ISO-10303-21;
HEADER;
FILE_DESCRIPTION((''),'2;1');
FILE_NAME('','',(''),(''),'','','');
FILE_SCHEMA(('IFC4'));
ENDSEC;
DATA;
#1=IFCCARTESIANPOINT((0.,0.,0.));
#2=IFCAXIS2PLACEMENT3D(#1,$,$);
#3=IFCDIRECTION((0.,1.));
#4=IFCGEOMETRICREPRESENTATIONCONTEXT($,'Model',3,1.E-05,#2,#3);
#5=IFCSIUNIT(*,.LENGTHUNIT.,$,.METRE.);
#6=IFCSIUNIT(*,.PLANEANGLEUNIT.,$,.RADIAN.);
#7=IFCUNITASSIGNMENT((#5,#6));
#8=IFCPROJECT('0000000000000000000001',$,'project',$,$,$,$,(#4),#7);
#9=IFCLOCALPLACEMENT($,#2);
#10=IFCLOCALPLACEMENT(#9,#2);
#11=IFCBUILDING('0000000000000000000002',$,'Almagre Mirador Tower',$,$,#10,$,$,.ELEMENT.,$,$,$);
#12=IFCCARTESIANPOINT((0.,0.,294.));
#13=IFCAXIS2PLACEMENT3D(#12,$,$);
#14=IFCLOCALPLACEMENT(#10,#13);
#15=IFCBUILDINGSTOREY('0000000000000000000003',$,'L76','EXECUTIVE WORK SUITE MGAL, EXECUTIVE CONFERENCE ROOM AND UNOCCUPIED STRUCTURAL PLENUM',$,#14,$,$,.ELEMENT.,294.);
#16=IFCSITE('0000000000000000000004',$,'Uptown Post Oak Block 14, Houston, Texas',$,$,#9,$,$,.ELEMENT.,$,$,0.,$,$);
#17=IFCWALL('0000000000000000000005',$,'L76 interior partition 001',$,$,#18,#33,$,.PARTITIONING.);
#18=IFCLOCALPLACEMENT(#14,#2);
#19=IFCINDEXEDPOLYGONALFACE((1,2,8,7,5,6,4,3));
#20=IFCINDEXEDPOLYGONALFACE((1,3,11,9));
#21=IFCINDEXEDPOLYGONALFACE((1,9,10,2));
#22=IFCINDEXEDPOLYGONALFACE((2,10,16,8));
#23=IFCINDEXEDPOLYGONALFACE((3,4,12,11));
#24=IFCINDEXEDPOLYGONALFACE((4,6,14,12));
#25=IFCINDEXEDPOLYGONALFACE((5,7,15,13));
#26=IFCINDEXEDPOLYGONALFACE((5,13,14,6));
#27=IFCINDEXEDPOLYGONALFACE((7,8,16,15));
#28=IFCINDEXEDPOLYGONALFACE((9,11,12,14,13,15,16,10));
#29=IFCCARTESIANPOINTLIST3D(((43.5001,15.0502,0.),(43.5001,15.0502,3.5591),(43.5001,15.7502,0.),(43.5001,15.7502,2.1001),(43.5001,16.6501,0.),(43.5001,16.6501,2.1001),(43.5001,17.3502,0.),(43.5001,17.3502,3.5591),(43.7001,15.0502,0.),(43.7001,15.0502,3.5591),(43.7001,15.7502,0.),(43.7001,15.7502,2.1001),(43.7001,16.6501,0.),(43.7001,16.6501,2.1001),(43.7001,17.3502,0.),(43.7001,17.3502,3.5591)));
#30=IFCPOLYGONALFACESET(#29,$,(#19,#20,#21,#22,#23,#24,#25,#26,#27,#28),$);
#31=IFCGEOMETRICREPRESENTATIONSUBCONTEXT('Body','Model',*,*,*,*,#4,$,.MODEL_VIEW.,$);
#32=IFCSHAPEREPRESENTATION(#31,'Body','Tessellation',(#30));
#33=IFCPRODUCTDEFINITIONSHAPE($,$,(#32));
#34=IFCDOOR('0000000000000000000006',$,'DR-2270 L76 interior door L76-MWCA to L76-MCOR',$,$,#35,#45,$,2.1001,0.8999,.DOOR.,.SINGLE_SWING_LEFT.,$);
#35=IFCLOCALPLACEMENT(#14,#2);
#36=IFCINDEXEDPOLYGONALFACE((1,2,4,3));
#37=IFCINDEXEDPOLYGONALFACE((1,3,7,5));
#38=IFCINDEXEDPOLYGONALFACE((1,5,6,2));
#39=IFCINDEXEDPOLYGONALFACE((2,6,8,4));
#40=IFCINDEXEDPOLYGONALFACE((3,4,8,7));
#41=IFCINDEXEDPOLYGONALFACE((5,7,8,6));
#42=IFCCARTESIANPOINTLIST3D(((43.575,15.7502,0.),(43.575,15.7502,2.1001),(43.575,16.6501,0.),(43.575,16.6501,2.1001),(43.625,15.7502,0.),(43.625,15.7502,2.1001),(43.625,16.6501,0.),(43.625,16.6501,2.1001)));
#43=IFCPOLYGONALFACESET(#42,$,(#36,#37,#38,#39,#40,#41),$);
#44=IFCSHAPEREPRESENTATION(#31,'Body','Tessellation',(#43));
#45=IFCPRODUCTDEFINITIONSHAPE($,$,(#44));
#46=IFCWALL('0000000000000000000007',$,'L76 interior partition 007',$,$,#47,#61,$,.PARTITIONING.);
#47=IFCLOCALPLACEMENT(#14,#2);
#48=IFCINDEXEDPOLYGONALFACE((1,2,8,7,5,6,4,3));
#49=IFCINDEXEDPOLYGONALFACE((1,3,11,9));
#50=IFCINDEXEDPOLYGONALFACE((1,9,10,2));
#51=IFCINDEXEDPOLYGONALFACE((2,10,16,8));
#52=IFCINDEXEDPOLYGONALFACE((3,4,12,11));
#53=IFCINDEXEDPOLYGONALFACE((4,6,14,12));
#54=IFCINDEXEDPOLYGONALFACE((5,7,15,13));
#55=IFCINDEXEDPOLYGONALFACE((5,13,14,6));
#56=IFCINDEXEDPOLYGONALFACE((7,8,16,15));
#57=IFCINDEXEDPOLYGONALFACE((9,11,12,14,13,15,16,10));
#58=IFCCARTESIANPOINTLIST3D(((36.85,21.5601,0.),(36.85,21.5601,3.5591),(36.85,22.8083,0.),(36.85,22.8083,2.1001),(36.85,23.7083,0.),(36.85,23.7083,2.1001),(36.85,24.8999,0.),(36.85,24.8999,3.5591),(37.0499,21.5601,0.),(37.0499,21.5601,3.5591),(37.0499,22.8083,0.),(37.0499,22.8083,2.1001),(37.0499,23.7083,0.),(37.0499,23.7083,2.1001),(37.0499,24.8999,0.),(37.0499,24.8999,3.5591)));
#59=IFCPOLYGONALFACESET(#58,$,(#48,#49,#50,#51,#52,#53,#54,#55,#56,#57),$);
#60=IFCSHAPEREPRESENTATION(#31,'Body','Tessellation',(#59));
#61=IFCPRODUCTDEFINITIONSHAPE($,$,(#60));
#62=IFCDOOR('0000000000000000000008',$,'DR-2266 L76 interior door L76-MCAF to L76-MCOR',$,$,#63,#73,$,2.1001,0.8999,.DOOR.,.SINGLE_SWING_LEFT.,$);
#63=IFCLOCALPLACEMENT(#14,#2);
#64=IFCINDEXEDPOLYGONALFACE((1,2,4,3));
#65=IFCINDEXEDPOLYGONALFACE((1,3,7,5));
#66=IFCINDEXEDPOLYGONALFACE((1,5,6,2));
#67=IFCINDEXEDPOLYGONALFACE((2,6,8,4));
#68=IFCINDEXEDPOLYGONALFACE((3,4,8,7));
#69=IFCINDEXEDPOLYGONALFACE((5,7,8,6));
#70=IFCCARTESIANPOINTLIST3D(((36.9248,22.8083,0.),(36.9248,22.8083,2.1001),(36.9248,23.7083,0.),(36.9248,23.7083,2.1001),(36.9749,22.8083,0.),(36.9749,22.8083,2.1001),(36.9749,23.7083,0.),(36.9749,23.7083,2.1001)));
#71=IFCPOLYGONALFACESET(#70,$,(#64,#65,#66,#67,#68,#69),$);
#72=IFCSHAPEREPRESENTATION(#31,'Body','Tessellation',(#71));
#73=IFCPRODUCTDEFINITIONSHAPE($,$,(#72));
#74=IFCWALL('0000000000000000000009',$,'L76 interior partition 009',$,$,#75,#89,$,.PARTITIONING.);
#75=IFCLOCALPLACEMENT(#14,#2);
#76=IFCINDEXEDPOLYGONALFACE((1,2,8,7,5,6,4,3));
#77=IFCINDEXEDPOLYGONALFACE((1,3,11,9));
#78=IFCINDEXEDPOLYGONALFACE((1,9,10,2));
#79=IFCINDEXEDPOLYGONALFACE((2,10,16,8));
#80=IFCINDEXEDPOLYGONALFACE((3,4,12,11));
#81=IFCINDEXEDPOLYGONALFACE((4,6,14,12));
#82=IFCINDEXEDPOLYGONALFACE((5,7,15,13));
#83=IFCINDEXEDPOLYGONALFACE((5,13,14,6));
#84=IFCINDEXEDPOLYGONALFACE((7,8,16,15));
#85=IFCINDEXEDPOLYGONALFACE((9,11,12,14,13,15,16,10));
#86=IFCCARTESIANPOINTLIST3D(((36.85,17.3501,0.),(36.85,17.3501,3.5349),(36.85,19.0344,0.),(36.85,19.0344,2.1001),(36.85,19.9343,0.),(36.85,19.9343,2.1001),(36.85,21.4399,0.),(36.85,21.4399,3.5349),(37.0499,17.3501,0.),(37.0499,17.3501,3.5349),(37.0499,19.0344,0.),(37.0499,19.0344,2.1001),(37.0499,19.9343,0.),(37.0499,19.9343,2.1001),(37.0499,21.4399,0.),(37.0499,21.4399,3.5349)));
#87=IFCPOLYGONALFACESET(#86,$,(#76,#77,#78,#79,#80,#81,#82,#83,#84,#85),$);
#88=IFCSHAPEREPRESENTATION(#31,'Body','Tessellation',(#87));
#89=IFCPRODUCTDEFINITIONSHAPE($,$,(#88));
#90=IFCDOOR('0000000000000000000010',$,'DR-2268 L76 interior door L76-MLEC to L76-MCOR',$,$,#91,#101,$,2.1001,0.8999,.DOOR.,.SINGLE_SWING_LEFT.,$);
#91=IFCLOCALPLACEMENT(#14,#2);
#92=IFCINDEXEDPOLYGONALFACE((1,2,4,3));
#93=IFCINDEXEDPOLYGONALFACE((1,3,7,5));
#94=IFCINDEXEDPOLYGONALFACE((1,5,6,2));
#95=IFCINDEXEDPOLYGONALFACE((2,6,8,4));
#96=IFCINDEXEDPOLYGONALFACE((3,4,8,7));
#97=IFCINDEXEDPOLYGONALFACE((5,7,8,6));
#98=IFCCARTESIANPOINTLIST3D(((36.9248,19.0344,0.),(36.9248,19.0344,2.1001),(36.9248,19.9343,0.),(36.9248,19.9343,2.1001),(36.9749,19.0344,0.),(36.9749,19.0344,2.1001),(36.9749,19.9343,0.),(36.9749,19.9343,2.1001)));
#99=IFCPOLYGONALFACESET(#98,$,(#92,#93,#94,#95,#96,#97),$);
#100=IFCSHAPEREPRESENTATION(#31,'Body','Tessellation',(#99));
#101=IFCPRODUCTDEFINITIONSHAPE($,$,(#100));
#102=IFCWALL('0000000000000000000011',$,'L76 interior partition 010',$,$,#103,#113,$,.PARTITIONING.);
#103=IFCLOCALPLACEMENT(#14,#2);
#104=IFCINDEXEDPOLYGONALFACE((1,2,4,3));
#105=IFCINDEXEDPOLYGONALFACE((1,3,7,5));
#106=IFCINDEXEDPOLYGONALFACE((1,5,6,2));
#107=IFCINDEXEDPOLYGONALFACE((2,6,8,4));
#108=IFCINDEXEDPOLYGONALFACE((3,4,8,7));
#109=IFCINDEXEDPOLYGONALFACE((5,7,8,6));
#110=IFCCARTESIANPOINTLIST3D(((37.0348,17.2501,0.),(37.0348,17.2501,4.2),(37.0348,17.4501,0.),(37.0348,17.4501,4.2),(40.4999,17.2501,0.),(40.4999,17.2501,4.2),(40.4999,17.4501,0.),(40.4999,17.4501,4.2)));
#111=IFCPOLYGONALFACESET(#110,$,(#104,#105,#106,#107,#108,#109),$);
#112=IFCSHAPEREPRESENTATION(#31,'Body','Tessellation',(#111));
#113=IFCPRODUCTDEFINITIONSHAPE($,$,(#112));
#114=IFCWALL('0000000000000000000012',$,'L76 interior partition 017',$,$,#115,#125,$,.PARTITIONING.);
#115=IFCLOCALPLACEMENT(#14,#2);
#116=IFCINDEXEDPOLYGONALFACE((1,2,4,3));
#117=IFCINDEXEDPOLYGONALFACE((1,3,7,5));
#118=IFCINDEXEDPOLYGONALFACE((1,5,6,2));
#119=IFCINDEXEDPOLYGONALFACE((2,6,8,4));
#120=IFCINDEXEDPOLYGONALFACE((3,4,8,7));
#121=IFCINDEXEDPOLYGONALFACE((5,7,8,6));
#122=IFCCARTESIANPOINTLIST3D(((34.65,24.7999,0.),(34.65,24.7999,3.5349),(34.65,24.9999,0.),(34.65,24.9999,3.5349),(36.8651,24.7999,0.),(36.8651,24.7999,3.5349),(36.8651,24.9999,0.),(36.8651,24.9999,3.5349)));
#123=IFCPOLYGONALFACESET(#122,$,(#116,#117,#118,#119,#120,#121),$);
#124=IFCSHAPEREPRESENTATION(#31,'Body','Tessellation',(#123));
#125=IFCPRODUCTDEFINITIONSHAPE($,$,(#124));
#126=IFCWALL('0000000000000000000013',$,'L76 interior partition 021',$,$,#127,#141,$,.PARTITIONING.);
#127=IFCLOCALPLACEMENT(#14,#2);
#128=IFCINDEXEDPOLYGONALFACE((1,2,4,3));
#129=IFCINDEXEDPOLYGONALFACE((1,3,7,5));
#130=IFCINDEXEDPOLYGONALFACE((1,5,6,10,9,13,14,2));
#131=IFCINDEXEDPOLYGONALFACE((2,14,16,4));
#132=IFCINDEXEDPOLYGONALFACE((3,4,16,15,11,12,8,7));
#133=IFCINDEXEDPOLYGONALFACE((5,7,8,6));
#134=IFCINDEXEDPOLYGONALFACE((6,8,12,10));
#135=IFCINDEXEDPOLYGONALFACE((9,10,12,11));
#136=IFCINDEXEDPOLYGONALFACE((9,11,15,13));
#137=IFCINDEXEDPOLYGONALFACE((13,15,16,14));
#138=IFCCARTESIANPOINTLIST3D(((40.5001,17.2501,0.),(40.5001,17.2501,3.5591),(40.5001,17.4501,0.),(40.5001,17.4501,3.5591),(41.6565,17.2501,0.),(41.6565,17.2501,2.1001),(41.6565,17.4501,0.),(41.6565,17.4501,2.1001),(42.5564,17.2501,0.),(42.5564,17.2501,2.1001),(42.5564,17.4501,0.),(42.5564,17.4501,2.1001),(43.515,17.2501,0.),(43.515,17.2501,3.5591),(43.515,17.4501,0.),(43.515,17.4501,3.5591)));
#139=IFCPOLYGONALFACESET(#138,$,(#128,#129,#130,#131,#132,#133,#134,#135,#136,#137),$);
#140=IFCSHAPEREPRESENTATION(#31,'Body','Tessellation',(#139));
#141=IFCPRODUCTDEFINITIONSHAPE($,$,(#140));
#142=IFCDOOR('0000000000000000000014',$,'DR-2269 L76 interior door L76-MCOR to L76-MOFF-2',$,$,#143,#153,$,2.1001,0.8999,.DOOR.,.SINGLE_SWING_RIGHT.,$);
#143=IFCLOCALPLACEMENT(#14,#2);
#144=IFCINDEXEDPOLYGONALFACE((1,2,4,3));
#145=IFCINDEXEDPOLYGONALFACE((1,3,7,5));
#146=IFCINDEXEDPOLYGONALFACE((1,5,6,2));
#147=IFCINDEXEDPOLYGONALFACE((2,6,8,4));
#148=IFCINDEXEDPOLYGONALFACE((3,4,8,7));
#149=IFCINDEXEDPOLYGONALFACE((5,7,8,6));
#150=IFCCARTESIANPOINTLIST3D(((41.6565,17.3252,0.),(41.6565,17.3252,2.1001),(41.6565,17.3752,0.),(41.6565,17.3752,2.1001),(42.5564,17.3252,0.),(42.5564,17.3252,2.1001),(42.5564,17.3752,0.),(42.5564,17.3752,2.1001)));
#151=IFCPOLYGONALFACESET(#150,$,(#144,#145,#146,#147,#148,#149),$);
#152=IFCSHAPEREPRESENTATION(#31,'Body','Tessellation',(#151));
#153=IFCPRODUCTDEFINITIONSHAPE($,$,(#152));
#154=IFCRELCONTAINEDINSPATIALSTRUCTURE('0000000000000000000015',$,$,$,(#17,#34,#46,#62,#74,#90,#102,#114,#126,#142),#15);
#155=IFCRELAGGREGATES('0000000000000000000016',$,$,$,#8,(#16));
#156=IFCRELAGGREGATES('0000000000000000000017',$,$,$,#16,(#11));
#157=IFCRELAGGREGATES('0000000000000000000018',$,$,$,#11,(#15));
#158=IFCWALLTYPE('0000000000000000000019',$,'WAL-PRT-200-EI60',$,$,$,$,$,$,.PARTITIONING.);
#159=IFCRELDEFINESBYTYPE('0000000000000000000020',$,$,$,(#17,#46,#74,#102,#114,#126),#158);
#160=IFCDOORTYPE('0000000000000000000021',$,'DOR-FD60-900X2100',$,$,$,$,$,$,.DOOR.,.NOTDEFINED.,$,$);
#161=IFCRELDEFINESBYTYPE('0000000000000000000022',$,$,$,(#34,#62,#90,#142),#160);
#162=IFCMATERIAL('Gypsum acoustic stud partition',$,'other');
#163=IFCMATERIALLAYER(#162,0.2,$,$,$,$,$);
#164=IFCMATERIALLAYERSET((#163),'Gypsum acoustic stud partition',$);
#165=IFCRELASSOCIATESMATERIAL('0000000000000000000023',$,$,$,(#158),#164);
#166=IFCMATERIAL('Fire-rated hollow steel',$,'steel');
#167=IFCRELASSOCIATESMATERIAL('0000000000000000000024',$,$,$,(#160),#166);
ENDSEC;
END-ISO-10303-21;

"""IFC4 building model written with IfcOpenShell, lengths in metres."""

from ifc_helpers import new_model, si_unit, direction, frame, frame_2d, origin, place, context, subcontext, project, spatial, rectangle, extrude, material, layer, layer_set, type_object, element, fill, save


model = new_model("IFC4")

# Units and contexts
model_context = context("Model", 3, precision=1e-05, world=origin(), true_north=direction((0.0, 1.0)))
body_context = subcontext(model_context, "Body", "Model", "MODEL_VIEW")
ifc_project = project(units=[si_unit("LENGTHUNIT", "METRE"), si_unit("PLANEANGLEUNIT", "RADIAN")], contexts=[model_context])

# Site, building, storey
site_placement = place(None, origin())
site = spatial("IfcSite", under=ifc_project, at=site_placement, Name="Uptown Post Oak Block 14, Houston, Texas", CompositionType="ELEMENT", RefElevation=0.0)
building_placement = place(site_placement, origin())
building = spatial("IfcBuilding", under=site, at=building_placement, Name="Almagre Mirador Tower", CompositionType="ELEMENT")
storey_placement = place(building_placement, frame((0.0, 0.0, 294.0)))
storey = spatial("IfcBuildingStorey", under=building, at=storey_placement, Name="L76", Description="EXECUTIVE WORK SUITE MGAL, EXECUTIVE CONFERENCE ROOM AND UNOCCUPIED STRUCTURAL PLENUM", CompositionType="ELEMENT", Elevation=294.0)

# Walls, openings, doors
ifc_material_1 = material(Name="Gypsum acoustic stud partition", Category="other")
ifc_layer_1 = layer(ifc_material_1, 0.2)
ifc_layer_set_1 = layer_set([ifc_layer_1], Name="Gypsum acoustic stud partition")
wall_type_1 = type_object("IfcWallType", Name="WAL-PRT-200-EI60", PredefinedType="PARTITIONING", material=ifc_layer_set_1)
wall_1_placement = place(storey_placement, frame((43.6001, 17.3501, 0.0), z_axis=(0.0, 0.0, 1.0), x_axis=(0.0, -1.0, 0.0)))
wall_1 = element("IfcWall", 1, at=wall_1_placement, inside=storey, type_object=wall_type_1, Name="L76 interior partition 001", PredefinedType="PARTITIONING", context=body_context, shape_type="SweptSolid", body=[
    extrude(rectangle(XDim=2.3, YDim=0.2, at=frame_2d((1.1499, 0.0))), origin(), (0.0, 0.0, 1.0), 3.5591),
])
opening_1_placement = place(wall_1_placement, frame((0.7, 0.0, 0.0)))
opening_1 = element("IfcOpeningElement", 2, at=opening_1_placement, cuts=wall_1, PredefinedType="OPENING", context=body_context, shape_type="SweptSolid", body=[
    extrude(rectangle(XDim=0.8999, YDim=2.1001, at=frame_2d((0.45, 1.05))), frame((0.0, 0.1101, 0.0), z_axis=(0.0, -1.0, 0.0), x_axis=(1.0, 0.0, 0.0)), (0.0, 0.0, 1.0), 0.22),
])
ifc_material_2 = material(Name="Fire-rated hollow steel", Category="steel")
door_type_1 = type_object("IfcDoorType", Name="DOR-FD60-900X2100", OperationType="NOTDEFINED", PredefinedType="DOOR", material=ifc_material_2)
door_1_placement = place(opening_1_placement, origin())
door_1 = element("IfcDoor", 3, at=door_1_placement, inside=storey, type_object=door_type_1, Name="DR-2270 L76 interior door L76-MWCA to L76-MCOR", OperationType="SINGLE_SWING_LEFT", OverallHeight=2.1001, OverallWidth=0.8999, PredefinedType="DOOR", context=body_context, shape_type="SweptSolid", body=[
    extrude(rectangle(XDim=0.8999, YDim=2.1001, at=frame_2d((0.45, 1.05))), frame((0.0, 0.0249, 0.0), z_axis=(0.0, -1.0, 0.0), x_axis=(1.0, 0.0, 0.0)), (0.0, 0.0, 1.0), 0.05),
])
fill(opening_1, door_1)
wall_2_placement = place(storey_placement, frame((36.95, 24.8999, 0.0), z_axis=(0.0, 0.0, 1.0), x_axis=(0.0, -1.0, 0.0)))
wall_2 = element("IfcWall", 4, at=wall_2_placement, inside=storey, type_object=wall_type_1, Name="L76 interior partition 007", PredefinedType="PARTITIONING", context=body_context, shape_type="SweptSolid", body=[
    extrude(rectangle(XDim=3.3398, YDim=0.2, at=frame_2d((1.6699, 0.0))), origin(), (0.0, 0.0, 1.0), 3.5591),
])
opening_2_placement = place(wall_2_placement, frame((1.1917, 0.0, 0.0)))
opening_2 = element("IfcOpeningElement", 5, at=opening_2_placement, cuts=wall_2, PredefinedType="OPENING", context=body_context, shape_type="SweptSolid", body=[
    extrude(rectangle(XDim=0.8999, YDim=2.1001, at=frame_2d((0.45, 1.05))), frame((0.0, 0.1101, 0.0), z_axis=(0.0, -1.0, 0.0), x_axis=(1.0, 0.0, 0.0)), (0.0, 0.0, 1.0), 0.22),
])
door_2_placement = place(opening_2_placement, origin())
door_2 = element("IfcDoor", 6, at=door_2_placement, inside=storey, type_object=door_type_1, Name="DR-2266 L76 interior door L76-MCAF to L76-MCOR", OperationType="SINGLE_SWING_LEFT", OverallHeight=2.1001, OverallWidth=0.8999, PredefinedType="DOOR", context=body_context, shape_type="SweptSolid", body=[
    extrude(rectangle(XDim=0.8999, YDim=2.1001, at=frame_2d((0.45, 1.05))), frame((0.0, 0.0249, 0.0), z_axis=(0.0, -1.0, 0.0), x_axis=(1.0, 0.0, 0.0)), (0.0, 0.0, 1.0), 0.05),
])
fill(opening_2, door_2)
wall_3_placement = place(storey_placement, frame((36.95, 21.4399, 0.0), z_axis=(0.0, 0.0, 1.0), x_axis=(0.0, -1.0, 0.0)))
wall_3 = element("IfcWall", 7, at=wall_3_placement, inside=storey, type_object=wall_type_1, Name="L76 interior partition 009", PredefinedType="PARTITIONING", context=body_context, shape_type="SweptSolid", body=[
    extrude(rectangle(XDim=4.0898, YDim=0.2, at=frame_2d((2.0449, 0.0))), origin(), (0.0, 0.0, 1.0), 3.5349),
])
opening_3_placement = place(wall_3_placement, frame((1.5056, 0.0, 0.0)))
opening_3 = element("IfcOpeningElement", 8, at=opening_3_placement, cuts=wall_3, PredefinedType="OPENING", context=body_context, shape_type="SweptSolid", body=[
    extrude(rectangle(XDim=0.8999, YDim=2.1001, at=frame_2d((0.45, 1.05))), frame((0.0, 0.1101, 0.0), z_axis=(0.0, -1.0, 0.0), x_axis=(1.0, 0.0, 0.0)), (0.0, 0.0, 1.0), 0.22),
])
door_3_placement = place(opening_3_placement, origin())
door_3 = element("IfcDoor", 9, at=door_3_placement, inside=storey, type_object=door_type_1, Name="DR-2268 L76 interior door L76-MLEC to L76-MCOR", OperationType="SINGLE_SWING_LEFT", OverallHeight=2.1001, OverallWidth=0.8999, PredefinedType="DOOR", context=body_context, shape_type="SweptSolid", body=[
    extrude(rectangle(XDim=0.8999, YDim=2.1001, at=frame_2d((0.45, 1.05))), frame((0.0, 0.0249, 0.0), z_axis=(0.0, -1.0, 0.0), x_axis=(1.0, 0.0, 0.0)), (0.0, 0.0, 1.0), 0.05),
])
fill(opening_3, door_3)

# Walls
wall_4_placement = place(storey_placement, frame((37.0349, 17.3501, 0.0), z_axis=(0.0, 0.0, 1.0), x_axis=(1.0, 0.0, 0.0)))
element("IfcWall", 10, at=wall_4_placement, inside=storey, type_object=wall_type_1, Name="L76 interior partition 010", PredefinedType="PARTITIONING", context=body_context, shape_type="SweptSolid", body=[
    extrude(rectangle(XDim=3.4651, YDim=0.2, at=frame_2d((1.7324, 0.0))), origin(), (0.0, 0.0, 1.0), 4.2),
])
wall_5_placement = place(storey_placement, frame((36.865, 24.8999, 0.0), z_axis=(0.0, 0.0, 1.0), x_axis=(-1.0, 0.0, 0.0)))
element("IfcWall", 11, at=wall_5_placement, inside=storey, type_object=wall_type_1, Name="L76 interior partition 017", PredefinedType="PARTITIONING", context=body_context, shape_type="SweptSolid", body=[
    extrude(rectangle(XDim=2.2151, YDim=0.2, at=frame_2d((1.1074, 0.0))), origin(), (0.0, 0.0, 1.0), 3.5349),
])

# Wall, opening, door
wall_6_placement = place(storey_placement, frame((43.5149, 17.3501, 0.0), z_axis=(0.0, 0.0, 1.0), x_axis=(-1.0, 0.0, 0.0)))
wall_6 = element("IfcWall", 12, at=wall_6_placement, inside=storey, type_object=wall_type_1, Name="L76 interior partition 021", PredefinedType="PARTITIONING", context=body_context, shape_type="SweptSolid", body=[
    extrude(rectangle(XDim=3.0149, YDim=0.2, at=frame_2d((1.5073, 0.0))), origin(), (0.0, 0.0, 1.0), 3.5591),
])
opening_4_placement = place(wall_6_placement, frame((0.9585, 0.0, 0.0)))
opening_4 = element("IfcOpeningElement", 13, at=opening_4_placement, cuts=wall_6, PredefinedType="OPENING", context=body_context, shape_type="SweptSolid", body=[
    extrude(rectangle(XDim=0.8999, YDim=2.1001, at=frame_2d((0.45, 1.05))), frame((0.0, 0.1101, 0.0), z_axis=(0.0, -1.0, 0.0), x_axis=(1.0, 0.0, 0.0)), (0.0, 0.0, 1.0), 0.22),
])
door_4_placement = place(opening_4_placement, origin())
door_4 = element("IfcDoor", 14, at=door_4_placement, inside=storey, type_object=door_type_1, Name="DR-2269 L76 interior door L76-MCOR to L76-MOFF-2", OperationType="SINGLE_SWING_RIGHT", OverallHeight=2.1001, OverallWidth=0.8999, PredefinedType="DOOR", context=body_context, shape_type="SweptSolid", body=[
    extrude(rectangle(XDim=0.8999, YDim=2.1001, at=frame_2d((0.45, 1.05))), frame((0.0, 0.0249, 0.0), z_axis=(0.0, -1.0, 0.0), x_axis=(1.0, 0.0, 0.0)), (0.0, 0.0, 1.0), 0.05),
])
fill(opening_4, door_4)

save(model, "model.ifc")
